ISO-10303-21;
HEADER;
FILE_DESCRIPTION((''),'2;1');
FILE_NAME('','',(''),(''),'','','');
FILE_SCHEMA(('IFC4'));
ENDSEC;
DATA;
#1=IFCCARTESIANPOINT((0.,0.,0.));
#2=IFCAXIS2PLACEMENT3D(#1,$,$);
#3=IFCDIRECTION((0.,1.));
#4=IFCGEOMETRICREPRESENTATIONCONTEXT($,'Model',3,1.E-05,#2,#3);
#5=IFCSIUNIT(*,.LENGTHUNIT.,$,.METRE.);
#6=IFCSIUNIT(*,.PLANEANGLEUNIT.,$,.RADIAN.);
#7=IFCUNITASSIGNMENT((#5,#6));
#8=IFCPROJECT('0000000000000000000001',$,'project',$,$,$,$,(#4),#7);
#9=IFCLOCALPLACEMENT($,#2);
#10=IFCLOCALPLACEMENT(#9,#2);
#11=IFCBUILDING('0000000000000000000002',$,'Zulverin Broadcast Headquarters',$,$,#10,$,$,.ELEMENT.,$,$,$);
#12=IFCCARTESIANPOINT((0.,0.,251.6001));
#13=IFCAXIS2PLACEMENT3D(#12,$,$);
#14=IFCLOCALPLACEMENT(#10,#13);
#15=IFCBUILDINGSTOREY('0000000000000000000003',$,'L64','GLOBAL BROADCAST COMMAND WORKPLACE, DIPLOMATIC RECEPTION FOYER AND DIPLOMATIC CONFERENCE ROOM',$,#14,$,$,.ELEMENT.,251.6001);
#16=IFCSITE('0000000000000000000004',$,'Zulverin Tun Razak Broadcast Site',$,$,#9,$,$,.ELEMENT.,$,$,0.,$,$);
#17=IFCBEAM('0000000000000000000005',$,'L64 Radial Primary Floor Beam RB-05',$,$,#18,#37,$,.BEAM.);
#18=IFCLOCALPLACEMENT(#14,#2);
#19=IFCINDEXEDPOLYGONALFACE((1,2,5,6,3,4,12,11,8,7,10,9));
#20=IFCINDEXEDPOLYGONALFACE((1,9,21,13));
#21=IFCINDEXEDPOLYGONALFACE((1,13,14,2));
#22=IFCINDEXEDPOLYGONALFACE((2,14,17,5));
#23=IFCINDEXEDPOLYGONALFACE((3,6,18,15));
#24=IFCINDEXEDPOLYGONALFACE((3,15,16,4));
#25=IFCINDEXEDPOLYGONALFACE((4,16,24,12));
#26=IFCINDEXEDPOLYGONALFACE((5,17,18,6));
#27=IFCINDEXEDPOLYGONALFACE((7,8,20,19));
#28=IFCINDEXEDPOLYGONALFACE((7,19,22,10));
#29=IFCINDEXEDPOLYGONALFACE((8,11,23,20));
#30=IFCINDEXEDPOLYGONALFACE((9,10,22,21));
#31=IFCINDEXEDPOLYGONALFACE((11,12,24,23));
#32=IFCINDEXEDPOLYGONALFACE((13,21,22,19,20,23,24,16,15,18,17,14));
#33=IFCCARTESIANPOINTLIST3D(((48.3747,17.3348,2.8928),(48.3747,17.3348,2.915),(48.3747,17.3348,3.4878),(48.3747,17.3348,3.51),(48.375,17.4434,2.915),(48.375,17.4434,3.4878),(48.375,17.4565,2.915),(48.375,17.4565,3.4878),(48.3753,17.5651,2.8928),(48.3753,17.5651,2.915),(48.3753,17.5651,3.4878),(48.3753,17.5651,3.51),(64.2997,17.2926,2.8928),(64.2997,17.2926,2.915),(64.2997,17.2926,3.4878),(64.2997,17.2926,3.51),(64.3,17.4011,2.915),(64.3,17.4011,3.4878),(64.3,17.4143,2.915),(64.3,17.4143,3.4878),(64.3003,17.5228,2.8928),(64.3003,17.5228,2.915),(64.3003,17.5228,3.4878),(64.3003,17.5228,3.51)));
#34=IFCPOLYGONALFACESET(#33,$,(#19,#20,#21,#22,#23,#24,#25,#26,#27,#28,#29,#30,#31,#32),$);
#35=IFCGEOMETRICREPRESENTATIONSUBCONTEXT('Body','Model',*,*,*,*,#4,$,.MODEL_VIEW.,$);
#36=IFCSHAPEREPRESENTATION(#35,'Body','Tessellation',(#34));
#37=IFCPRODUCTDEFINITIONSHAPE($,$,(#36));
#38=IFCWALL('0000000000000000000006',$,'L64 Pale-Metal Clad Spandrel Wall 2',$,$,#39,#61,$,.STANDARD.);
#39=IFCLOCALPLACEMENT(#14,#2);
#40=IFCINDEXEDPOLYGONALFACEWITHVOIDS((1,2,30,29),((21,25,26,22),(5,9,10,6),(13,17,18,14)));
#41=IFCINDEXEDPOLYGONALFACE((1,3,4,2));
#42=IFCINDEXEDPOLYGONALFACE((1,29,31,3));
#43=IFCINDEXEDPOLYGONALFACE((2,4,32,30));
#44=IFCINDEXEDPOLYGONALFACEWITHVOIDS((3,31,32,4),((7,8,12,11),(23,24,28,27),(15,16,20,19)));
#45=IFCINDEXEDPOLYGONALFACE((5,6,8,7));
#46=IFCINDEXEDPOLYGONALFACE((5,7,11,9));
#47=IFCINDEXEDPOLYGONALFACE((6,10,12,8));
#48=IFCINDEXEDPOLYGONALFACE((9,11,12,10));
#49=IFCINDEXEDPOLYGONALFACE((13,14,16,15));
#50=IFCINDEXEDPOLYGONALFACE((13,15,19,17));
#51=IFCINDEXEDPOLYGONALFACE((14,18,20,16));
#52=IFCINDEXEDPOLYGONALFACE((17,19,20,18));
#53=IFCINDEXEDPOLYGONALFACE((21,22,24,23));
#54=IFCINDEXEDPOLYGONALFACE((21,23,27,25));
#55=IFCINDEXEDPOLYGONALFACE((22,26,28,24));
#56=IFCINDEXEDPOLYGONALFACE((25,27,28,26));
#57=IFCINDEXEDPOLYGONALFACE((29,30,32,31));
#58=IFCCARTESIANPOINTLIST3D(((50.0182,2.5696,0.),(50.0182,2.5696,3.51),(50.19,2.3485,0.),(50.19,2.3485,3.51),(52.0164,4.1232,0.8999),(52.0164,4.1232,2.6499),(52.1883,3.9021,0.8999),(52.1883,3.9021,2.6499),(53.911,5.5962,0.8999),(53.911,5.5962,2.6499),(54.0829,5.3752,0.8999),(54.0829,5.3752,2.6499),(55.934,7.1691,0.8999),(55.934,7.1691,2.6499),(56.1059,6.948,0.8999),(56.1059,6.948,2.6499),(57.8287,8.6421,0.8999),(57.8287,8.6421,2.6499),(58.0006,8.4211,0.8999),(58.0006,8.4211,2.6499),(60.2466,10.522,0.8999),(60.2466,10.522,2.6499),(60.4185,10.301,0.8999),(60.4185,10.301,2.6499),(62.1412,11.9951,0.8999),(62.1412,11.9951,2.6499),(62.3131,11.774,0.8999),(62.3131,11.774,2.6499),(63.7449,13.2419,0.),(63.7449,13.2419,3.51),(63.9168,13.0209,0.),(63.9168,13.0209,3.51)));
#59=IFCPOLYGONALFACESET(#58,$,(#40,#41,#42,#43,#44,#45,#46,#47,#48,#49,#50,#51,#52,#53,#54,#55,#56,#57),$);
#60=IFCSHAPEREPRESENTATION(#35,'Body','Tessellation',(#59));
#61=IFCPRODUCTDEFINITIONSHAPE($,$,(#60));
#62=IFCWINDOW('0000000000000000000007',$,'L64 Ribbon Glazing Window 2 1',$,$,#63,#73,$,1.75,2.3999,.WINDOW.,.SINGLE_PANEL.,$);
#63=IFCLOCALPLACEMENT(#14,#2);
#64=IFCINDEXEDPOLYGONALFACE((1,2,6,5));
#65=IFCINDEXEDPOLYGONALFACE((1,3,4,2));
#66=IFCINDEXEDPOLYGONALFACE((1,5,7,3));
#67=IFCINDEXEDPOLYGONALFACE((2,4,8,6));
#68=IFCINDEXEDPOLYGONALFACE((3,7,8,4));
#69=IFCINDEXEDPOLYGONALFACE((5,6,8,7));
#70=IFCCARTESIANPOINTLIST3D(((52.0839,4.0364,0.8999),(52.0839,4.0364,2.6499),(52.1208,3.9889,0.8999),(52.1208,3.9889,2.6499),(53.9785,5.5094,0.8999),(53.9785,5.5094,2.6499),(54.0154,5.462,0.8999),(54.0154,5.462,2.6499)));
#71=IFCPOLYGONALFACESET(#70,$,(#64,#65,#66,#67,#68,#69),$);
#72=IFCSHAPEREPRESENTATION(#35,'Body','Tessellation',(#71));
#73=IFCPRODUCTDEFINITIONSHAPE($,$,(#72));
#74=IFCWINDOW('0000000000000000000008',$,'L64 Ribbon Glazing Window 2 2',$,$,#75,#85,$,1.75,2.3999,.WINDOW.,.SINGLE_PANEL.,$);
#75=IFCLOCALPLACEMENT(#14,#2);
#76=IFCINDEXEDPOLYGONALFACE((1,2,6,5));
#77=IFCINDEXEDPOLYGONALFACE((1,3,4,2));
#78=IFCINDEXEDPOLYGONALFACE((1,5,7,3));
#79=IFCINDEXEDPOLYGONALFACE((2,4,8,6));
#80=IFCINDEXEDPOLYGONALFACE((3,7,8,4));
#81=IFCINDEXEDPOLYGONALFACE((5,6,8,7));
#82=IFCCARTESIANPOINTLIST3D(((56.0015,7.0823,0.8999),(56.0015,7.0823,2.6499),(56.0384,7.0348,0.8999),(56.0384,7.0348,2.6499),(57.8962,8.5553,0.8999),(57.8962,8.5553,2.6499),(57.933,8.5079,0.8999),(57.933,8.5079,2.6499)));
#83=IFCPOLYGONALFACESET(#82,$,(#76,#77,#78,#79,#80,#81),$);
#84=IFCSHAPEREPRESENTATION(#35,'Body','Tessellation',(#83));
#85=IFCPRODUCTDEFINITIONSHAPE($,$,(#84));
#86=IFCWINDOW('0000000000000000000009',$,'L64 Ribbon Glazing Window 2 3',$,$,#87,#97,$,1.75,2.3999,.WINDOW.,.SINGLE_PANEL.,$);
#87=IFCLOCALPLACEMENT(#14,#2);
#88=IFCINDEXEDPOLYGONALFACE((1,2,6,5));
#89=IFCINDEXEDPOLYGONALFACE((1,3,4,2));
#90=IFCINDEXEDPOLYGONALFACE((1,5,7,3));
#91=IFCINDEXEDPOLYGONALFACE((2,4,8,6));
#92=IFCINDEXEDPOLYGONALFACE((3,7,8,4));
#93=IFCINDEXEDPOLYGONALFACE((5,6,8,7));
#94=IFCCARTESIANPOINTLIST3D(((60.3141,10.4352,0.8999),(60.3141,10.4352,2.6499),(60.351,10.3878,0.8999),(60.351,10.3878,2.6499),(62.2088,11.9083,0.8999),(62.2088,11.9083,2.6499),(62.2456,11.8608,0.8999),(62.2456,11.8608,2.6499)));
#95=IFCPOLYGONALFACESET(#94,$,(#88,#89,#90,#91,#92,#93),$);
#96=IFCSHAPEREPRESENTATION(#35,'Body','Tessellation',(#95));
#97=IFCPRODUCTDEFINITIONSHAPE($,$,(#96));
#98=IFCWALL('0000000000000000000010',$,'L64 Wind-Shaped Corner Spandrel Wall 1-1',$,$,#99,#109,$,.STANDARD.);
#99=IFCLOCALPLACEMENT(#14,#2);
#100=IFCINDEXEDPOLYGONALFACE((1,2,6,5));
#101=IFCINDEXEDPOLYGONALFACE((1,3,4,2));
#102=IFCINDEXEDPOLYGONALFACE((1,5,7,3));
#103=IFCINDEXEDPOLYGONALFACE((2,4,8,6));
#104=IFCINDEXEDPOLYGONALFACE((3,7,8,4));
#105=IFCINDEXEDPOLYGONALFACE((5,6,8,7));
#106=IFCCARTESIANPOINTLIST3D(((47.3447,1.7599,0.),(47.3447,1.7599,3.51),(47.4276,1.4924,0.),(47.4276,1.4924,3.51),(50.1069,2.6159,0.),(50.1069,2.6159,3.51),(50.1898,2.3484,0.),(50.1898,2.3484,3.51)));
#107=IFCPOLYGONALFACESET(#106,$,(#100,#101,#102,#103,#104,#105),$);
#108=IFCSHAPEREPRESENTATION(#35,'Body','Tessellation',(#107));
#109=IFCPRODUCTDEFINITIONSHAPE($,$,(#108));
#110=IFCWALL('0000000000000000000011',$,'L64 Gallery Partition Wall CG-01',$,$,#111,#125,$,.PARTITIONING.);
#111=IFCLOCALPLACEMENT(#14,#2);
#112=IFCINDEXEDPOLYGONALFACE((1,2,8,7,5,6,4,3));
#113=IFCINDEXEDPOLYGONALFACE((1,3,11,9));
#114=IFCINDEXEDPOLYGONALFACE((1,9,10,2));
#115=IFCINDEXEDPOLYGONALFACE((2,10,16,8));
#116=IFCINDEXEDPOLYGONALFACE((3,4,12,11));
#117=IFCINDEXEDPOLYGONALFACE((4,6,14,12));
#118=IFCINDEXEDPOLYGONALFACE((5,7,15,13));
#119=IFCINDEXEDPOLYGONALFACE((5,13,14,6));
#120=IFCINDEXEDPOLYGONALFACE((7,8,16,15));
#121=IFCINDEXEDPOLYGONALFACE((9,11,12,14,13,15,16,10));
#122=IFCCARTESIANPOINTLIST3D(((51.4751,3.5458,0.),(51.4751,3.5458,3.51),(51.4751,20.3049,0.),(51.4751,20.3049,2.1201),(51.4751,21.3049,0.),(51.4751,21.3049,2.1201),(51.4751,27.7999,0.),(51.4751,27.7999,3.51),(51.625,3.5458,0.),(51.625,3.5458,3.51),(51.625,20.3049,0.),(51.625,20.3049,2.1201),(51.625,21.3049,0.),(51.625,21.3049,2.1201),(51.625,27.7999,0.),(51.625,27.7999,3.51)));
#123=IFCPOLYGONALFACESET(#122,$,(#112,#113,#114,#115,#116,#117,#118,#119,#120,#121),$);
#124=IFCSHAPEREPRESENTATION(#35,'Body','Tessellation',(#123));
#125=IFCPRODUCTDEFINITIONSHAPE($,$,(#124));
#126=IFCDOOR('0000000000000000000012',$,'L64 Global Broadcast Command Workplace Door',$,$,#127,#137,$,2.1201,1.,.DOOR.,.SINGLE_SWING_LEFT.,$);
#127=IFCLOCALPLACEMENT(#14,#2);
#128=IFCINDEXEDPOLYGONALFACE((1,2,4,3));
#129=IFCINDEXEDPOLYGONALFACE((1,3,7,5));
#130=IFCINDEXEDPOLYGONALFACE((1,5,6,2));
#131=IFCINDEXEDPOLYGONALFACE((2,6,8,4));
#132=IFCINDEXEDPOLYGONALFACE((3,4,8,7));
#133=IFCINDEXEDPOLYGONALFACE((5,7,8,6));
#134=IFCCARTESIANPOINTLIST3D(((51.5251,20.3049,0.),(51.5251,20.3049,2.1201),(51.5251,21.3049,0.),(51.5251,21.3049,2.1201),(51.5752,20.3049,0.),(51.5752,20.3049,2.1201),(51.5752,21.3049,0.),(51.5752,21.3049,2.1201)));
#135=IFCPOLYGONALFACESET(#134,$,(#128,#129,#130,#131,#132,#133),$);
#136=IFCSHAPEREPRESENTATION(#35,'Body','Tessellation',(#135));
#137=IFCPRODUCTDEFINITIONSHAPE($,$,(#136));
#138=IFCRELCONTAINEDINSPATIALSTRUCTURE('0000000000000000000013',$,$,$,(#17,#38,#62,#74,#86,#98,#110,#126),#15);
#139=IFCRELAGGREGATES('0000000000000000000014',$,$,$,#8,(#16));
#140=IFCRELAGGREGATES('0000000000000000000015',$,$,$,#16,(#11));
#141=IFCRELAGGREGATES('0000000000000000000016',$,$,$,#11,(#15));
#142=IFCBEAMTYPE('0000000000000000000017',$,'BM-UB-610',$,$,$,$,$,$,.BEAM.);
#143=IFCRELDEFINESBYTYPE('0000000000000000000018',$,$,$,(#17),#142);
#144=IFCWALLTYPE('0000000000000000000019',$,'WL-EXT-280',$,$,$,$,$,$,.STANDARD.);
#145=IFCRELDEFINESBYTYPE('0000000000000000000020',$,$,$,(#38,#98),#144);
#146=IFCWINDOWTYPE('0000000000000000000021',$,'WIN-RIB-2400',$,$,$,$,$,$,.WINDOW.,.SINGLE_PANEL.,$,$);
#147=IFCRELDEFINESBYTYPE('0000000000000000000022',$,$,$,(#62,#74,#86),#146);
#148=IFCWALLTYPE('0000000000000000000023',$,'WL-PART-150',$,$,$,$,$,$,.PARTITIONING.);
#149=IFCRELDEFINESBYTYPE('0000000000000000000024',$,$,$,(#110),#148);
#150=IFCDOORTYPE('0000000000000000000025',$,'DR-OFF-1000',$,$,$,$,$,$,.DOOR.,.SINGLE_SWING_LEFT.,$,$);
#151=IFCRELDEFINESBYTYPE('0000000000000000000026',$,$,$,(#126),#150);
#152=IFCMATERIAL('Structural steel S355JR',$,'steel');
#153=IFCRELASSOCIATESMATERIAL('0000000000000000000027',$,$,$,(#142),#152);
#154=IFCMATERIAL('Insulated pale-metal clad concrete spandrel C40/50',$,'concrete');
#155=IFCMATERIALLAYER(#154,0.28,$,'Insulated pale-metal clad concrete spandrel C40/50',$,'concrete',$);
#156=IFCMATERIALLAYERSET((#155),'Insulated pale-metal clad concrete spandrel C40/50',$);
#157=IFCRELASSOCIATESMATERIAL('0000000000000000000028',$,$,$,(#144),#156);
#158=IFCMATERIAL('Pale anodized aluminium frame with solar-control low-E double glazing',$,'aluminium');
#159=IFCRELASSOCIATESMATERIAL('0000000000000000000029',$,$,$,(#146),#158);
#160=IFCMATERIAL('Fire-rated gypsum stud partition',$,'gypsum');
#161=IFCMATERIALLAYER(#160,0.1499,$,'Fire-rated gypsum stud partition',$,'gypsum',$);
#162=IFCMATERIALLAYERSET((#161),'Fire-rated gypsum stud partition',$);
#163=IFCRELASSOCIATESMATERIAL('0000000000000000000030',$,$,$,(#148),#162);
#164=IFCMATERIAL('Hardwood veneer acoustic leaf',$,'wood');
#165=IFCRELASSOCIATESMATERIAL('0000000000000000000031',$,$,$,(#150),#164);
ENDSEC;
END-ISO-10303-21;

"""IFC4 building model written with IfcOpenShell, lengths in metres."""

from ifc_helpers import new_model, si_unit, direction, frame, frame_2d, origin, origin_2d, place, context, subcontext, project, spatial, rectangle, i_section, extrude, material, layer, layer_set, material_profile, profile_set, type_object, element, fill, save


model = new_model("IFC4")

# Units and contexts
model_context = context("Model", 3, precision=1e-05, world=origin(), true_north=direction((0.0, 1.0)))
body_context = subcontext(model_context, "Body", "Model", "MODEL_VIEW")
ifc_project = project(units=[si_unit("LENGTHUNIT", "METRE"), si_unit("PLANEANGLEUNIT", "RADIAN")], contexts=[model_context])

# Site, building, storey
site_placement = place(None, origin())
site = spatial("IfcSite", under=ifc_project, at=site_placement, Name="Zulverin Tun Razak Broadcast Site", CompositionType="ELEMENT", RefElevation=0.0)
building_placement = place(site_placement, origin())
building = spatial("IfcBuilding", under=site, at=building_placement, Name="Zulverin Broadcast Headquarters", CompositionType="ELEMENT")
storey_placement = place(building_placement, frame((0.0, 0.0, 251.6001)))
storey = spatial("IfcBuildingStorey", under=building, at=storey_placement, Name="L64", Description="GLOBAL BROADCAST COMMAND WORKPLACE, DIPLOMATIC RECEPTION FOYER AND DIPLOMATIC CONFERENCE ROOM", CompositionType="ELEMENT", Elevation=251.6001)

# Beam
ifc_material_1 = material(Name="Structural steel S355JR", Category="steel")
ifc_material_profile_1 = material_profile(ifc_material_1, i_section(OverallWidth=0.2302, OverallDepth=0.6172, WebThickness=0.0132, FlangeThickness=0.0222, at=origin_2d()), Name="Structural steel S355JR", Category="steel")
ifc_profile_set_1 = profile_set([ifc_material_profile_1], Name="Structural steel S355JR")
beam_type_1 = type_object("IfcBeamType", Name="BM-UB-610", PredefinedType="BEAM", material=ifc_profile_set_1)
beam_1_placement = place(storey_placement, frame((48.375, 17.45, 3.2014), z_axis=(0.999996, -0.002652, 0.0), x_axis=(0.002652, 0.999996, 0.0)))
element("IfcBeam", 1, at=beam_1_placement, inside=storey, type_object=beam_type_1, Name="L64 Radial Primary Floor Beam RB-05", PredefinedType="BEAM", context=body_context, shape_type="SweptSolid", body=[
    extrude(i_section(OverallWidth=0.2302, OverallDepth=0.6172, WebThickness=0.0132, FlangeThickness=0.0222, at=origin_2d()), origin(), (0.0, 0.0, 1.0), 15.925),
])

# Wall, openings, windows
ifc_material_2 = material(Name="Insulated pale-metal clad concrete spandrel C40/50", Category="concrete")
ifc_layer_1 = layer(ifc_material_2, 0.28, Name="Insulated pale-metal clad concrete spandrel C40/50", Category="concrete")
ifc_layer_set_1 = layer_set([ifc_layer_1], Name="Insulated pale-metal clad concrete spandrel C40/50")
wall_type_1 = type_object("IfcWallType", Name="WL-EXT-280", PredefinedType="STANDARD", material=ifc_layer_set_1)
wall_1_placement = place(storey_placement, frame((50.104, 2.459, 0.0), z_axis=(0.0, 0.0, 1.0), x_axis=(0.789465, 0.613796, 0.0)))
wall_1 = element("IfcWall", 2, at=wall_1_placement, inside=storey, type_object=wall_type_1, Name="L64 Pale-Metal Clad Spandrel Wall 2", PredefinedType="STANDARD", context=body_context, shape_type="SweptSolid", body=[
    extrude(rectangle(XDim=17.3875, YDim=0.28, at=frame_2d((8.6938, 0.0))), origin(), (0.0, 0.0, 1.0), 3.51),
])
opening_1_placement = place(wall_1_placement, frame((2.5312, 0.0, 0.8999)))
opening_1 = element("IfcOpeningElement", 3, at=opening_1_placement, cuts=wall_1, PredefinedType="OPENING", context=body_context, shape_type="SweptSolid", body=[
    extrude(rectangle(XDim=2.3999, YDim=1.75, at=frame_2d((1.2, 0.875))), frame((0.0, 0.1499, 0.0), z_axis=(0.0, -1.0, 0.0), x_axis=(1.0, 0.0, 0.0)), (0.0, 0.0, 1.0), 0.3),
])
opening_2_placement = place(wall_1_placement, frame((7.4937, 0.0, 0.8999)))
opening_2 = element("IfcOpeningElement", 4, at=opening_2_placement, cuts=wall_1, PredefinedType="OPENING", context=body_context, shape_type="SweptSolid", body=[
    extrude(rectangle(XDim=2.3999, YDim=1.75, at=frame_2d((1.2, 0.875))), frame((0.0, 0.1499, 0.0), z_axis=(0.0, -1.0, 0.0), x_axis=(1.0, 0.0, 0.0)), (0.0, 0.0, 1.0), 0.3),
])
opening_3_placement = place(wall_1_placement, frame((12.9563, 0.0, 0.8999)))
opening_3 = element("IfcOpeningElement", 5, at=opening_3_placement, cuts=wall_1, PredefinedType="OPENING", context=body_context, shape_type="SweptSolid", body=[
    extrude(rectangle(XDim=2.3999, YDim=1.75, at=frame_2d((1.2, 0.875))), frame((0.0, 0.1499, 0.0), z_axis=(0.0, -1.0, 0.0), x_axis=(1.0, 0.0, 0.0)), (0.0, 0.0, 1.0), 0.3),
])
ifc_material_3 = material(Name="Pale anodized aluminium frame with solar-control low-E double glazing", Category="aluminium")
window_type = type_object("IfcWindowType", Name="WIN-RIB-2400", PartitioningType="SINGLE_PANEL", PredefinedType="WINDOW", material=ifc_material_3)
window_1_placement = place(opening_1_placement, origin())
window_1 = element("IfcWindow", 6, at=window_1_placement, inside=storey, type_object=window_type, Name="L64 Ribbon Glazing Window 2 1", OverallHeight=1.75, OverallWidth=2.3999, PartitioningType="SINGLE_PANEL", PredefinedType="WINDOW", context=body_context, shape_type="SweptSolid", body=[
    extrude(rectangle(XDim=2.3999, YDim=1.75, at=frame_2d((1.2, 0.875))), frame((0.0, 0.03, 0.0), z_axis=(0.0, -1.0, 0.0), x_axis=(1.0, 0.0, 0.0)), (0.0, 0.0, 1.0), 0.0601),
])
fill(opening_1, window_1)
window_2_placement = place(opening_2_placement, origin())
window_2 = element("IfcWindow", 7, at=window_2_placement, inside=storey, type_object=window_type, Name="L64 Ribbon Glazing Window 2 2", OverallHeight=1.75, OverallWidth=2.3999, PartitioningType="SINGLE_PANEL", PredefinedType="WINDOW", context=body_context, shape_type="SweptSolid", body=[
    extrude(rectangle(XDim=2.3999, YDim=1.75, at=frame_2d((1.2, 0.875))), frame((0.0, 0.03, 0.0), z_axis=(0.0, -1.0, 0.0), x_axis=(1.0, 0.0, 0.0)), (0.0, 0.0, 1.0), 0.0601),
])
fill(opening_2, window_2)
window_3_placement = place(opening_3_placement, origin())
window_3 = element("IfcWindow", 8, at=window_3_placement, inside=storey, type_object=window_type, Name="L64 Ribbon Glazing Window 2 3", OverallHeight=1.75, OverallWidth=2.3999, PartitioningType="SINGLE_PANEL", PredefinedType="WINDOW", context=body_context, shape_type="SweptSolid", body=[
    extrude(rectangle(XDim=2.3999, YDim=1.75, at=frame_2d((1.2, 0.875))), frame((0.0, 0.03, 0.0), z_axis=(0.0, -1.0, 0.0), x_axis=(1.0, 0.0, 0.0)), (0.0, 0.0, 1.0), 0.0601),
])
fill(opening_3, window_3)

# Wall
wall_2_placement = place(storey_placement, frame((47.3862, 1.6262, 0.0), z_axis=(0.0, 0.0, 1.0), x_axis=(0.955189, 0.295996, 0.0)))
element("IfcWall", 9, at=wall_2_placement, inside=storey, type_object=wall_type_1, Name="L64 Wind-Shaped Corner Spandrel Wall 1-1", PredefinedType="STANDARD", context=body_context, shape_type="SweptSolid", body=[
    extrude(rectangle(XDim=2.8918, YDim=0.28, at=frame_2d((1.4458, 0.0))), origin(), (0.0, 0.0, 1.0), 3.51),
])

# Wall, opening, door
ifc_material_4 = material(Name="Fire-rated gypsum stud partition", Category="gypsum")
ifc_layer_2 = layer(ifc_material_4, 0.1499, Name="Fire-rated gypsum stud partition", Category="gypsum")
ifc_layer_set_2 = layer_set([ifc_layer_2], Name="Fire-rated gypsum stud partition")
wall_type_2 = type_object("IfcWallType", Name="WL-PART-150", PredefinedType="PARTITIONING", material=ifc_layer_set_2)
wall_3_placement = place(storey_placement, frame((51.55, 3.5459, 0.0), z_axis=(0.0, 0.0, 1.0), x_axis=(0.0, 1.0, 0.0)))
wall_3 = element("IfcWall", 10, at=wall_3_placement, inside=storey, type_object=wall_type_2, Name="L64 Gallery Partition Wall CG-01", PredefinedType="PARTITIONING", context=body_context, shape_type="SweptSolid", body=[
    extrude(rectangle(XDim=24.2542, YDim=0.1499, at=frame_2d((12.127, 0.0))), origin(), (0.0, 0.0, 1.0), 3.51),
])
opening_4_placement = place(wall_3_placement, frame((16.759, 0.0, 0.0)))
opening_4 = element("IfcOpeningElement", 11, at=opening_4_placement, cuts=wall_3, PredefinedType="OPENING", context=body_context, shape_type="SweptSolid", body=[
    extrude(rectangle(XDim=1.0, YDim=2.1201, at=frame_2d((0.5, 1.0601))), frame((0.0, 0.085, 0.0), z_axis=(0.0, -1.0, 0.0), x_axis=(1.0, 0.0, 0.0)), (0.0, 0.0, 1.0), 0.1699),
])
ifc_material_5 = material(Name="Hardwood veneer acoustic leaf", Category="wood")
door_type_1 = type_object("IfcDoorType", Name="DR-OFF-1000", OperationType="SINGLE_SWING_LEFT", PredefinedType="DOOR", material=ifc_material_5)
door_1_placement = place(opening_4_placement, origin())
door_1 = element("IfcDoor", 12, at=door_1_placement, inside=storey, type_object=door_type_1, Name="L64 Global Broadcast Command Workplace Door", OperationType="SINGLE_SWING_LEFT", OverallHeight=2.1201, OverallWidth=1.0, PredefinedType="DOOR", context=body_context, shape_type="SweptSolid", body=[
    extrude(rectangle(XDim=1.0, YDim=2.1201, at=frame_2d((0.5, 1.0601))), frame((0.0, 0.0249, 0.0), z_axis=(0.0, -1.0, 0.0), x_axis=(1.0, 0.0, 0.0)), (0.0, 0.0, 1.0), 0.05),
])
fill(opening_4, door_1)

save(model, "model.ifc")
